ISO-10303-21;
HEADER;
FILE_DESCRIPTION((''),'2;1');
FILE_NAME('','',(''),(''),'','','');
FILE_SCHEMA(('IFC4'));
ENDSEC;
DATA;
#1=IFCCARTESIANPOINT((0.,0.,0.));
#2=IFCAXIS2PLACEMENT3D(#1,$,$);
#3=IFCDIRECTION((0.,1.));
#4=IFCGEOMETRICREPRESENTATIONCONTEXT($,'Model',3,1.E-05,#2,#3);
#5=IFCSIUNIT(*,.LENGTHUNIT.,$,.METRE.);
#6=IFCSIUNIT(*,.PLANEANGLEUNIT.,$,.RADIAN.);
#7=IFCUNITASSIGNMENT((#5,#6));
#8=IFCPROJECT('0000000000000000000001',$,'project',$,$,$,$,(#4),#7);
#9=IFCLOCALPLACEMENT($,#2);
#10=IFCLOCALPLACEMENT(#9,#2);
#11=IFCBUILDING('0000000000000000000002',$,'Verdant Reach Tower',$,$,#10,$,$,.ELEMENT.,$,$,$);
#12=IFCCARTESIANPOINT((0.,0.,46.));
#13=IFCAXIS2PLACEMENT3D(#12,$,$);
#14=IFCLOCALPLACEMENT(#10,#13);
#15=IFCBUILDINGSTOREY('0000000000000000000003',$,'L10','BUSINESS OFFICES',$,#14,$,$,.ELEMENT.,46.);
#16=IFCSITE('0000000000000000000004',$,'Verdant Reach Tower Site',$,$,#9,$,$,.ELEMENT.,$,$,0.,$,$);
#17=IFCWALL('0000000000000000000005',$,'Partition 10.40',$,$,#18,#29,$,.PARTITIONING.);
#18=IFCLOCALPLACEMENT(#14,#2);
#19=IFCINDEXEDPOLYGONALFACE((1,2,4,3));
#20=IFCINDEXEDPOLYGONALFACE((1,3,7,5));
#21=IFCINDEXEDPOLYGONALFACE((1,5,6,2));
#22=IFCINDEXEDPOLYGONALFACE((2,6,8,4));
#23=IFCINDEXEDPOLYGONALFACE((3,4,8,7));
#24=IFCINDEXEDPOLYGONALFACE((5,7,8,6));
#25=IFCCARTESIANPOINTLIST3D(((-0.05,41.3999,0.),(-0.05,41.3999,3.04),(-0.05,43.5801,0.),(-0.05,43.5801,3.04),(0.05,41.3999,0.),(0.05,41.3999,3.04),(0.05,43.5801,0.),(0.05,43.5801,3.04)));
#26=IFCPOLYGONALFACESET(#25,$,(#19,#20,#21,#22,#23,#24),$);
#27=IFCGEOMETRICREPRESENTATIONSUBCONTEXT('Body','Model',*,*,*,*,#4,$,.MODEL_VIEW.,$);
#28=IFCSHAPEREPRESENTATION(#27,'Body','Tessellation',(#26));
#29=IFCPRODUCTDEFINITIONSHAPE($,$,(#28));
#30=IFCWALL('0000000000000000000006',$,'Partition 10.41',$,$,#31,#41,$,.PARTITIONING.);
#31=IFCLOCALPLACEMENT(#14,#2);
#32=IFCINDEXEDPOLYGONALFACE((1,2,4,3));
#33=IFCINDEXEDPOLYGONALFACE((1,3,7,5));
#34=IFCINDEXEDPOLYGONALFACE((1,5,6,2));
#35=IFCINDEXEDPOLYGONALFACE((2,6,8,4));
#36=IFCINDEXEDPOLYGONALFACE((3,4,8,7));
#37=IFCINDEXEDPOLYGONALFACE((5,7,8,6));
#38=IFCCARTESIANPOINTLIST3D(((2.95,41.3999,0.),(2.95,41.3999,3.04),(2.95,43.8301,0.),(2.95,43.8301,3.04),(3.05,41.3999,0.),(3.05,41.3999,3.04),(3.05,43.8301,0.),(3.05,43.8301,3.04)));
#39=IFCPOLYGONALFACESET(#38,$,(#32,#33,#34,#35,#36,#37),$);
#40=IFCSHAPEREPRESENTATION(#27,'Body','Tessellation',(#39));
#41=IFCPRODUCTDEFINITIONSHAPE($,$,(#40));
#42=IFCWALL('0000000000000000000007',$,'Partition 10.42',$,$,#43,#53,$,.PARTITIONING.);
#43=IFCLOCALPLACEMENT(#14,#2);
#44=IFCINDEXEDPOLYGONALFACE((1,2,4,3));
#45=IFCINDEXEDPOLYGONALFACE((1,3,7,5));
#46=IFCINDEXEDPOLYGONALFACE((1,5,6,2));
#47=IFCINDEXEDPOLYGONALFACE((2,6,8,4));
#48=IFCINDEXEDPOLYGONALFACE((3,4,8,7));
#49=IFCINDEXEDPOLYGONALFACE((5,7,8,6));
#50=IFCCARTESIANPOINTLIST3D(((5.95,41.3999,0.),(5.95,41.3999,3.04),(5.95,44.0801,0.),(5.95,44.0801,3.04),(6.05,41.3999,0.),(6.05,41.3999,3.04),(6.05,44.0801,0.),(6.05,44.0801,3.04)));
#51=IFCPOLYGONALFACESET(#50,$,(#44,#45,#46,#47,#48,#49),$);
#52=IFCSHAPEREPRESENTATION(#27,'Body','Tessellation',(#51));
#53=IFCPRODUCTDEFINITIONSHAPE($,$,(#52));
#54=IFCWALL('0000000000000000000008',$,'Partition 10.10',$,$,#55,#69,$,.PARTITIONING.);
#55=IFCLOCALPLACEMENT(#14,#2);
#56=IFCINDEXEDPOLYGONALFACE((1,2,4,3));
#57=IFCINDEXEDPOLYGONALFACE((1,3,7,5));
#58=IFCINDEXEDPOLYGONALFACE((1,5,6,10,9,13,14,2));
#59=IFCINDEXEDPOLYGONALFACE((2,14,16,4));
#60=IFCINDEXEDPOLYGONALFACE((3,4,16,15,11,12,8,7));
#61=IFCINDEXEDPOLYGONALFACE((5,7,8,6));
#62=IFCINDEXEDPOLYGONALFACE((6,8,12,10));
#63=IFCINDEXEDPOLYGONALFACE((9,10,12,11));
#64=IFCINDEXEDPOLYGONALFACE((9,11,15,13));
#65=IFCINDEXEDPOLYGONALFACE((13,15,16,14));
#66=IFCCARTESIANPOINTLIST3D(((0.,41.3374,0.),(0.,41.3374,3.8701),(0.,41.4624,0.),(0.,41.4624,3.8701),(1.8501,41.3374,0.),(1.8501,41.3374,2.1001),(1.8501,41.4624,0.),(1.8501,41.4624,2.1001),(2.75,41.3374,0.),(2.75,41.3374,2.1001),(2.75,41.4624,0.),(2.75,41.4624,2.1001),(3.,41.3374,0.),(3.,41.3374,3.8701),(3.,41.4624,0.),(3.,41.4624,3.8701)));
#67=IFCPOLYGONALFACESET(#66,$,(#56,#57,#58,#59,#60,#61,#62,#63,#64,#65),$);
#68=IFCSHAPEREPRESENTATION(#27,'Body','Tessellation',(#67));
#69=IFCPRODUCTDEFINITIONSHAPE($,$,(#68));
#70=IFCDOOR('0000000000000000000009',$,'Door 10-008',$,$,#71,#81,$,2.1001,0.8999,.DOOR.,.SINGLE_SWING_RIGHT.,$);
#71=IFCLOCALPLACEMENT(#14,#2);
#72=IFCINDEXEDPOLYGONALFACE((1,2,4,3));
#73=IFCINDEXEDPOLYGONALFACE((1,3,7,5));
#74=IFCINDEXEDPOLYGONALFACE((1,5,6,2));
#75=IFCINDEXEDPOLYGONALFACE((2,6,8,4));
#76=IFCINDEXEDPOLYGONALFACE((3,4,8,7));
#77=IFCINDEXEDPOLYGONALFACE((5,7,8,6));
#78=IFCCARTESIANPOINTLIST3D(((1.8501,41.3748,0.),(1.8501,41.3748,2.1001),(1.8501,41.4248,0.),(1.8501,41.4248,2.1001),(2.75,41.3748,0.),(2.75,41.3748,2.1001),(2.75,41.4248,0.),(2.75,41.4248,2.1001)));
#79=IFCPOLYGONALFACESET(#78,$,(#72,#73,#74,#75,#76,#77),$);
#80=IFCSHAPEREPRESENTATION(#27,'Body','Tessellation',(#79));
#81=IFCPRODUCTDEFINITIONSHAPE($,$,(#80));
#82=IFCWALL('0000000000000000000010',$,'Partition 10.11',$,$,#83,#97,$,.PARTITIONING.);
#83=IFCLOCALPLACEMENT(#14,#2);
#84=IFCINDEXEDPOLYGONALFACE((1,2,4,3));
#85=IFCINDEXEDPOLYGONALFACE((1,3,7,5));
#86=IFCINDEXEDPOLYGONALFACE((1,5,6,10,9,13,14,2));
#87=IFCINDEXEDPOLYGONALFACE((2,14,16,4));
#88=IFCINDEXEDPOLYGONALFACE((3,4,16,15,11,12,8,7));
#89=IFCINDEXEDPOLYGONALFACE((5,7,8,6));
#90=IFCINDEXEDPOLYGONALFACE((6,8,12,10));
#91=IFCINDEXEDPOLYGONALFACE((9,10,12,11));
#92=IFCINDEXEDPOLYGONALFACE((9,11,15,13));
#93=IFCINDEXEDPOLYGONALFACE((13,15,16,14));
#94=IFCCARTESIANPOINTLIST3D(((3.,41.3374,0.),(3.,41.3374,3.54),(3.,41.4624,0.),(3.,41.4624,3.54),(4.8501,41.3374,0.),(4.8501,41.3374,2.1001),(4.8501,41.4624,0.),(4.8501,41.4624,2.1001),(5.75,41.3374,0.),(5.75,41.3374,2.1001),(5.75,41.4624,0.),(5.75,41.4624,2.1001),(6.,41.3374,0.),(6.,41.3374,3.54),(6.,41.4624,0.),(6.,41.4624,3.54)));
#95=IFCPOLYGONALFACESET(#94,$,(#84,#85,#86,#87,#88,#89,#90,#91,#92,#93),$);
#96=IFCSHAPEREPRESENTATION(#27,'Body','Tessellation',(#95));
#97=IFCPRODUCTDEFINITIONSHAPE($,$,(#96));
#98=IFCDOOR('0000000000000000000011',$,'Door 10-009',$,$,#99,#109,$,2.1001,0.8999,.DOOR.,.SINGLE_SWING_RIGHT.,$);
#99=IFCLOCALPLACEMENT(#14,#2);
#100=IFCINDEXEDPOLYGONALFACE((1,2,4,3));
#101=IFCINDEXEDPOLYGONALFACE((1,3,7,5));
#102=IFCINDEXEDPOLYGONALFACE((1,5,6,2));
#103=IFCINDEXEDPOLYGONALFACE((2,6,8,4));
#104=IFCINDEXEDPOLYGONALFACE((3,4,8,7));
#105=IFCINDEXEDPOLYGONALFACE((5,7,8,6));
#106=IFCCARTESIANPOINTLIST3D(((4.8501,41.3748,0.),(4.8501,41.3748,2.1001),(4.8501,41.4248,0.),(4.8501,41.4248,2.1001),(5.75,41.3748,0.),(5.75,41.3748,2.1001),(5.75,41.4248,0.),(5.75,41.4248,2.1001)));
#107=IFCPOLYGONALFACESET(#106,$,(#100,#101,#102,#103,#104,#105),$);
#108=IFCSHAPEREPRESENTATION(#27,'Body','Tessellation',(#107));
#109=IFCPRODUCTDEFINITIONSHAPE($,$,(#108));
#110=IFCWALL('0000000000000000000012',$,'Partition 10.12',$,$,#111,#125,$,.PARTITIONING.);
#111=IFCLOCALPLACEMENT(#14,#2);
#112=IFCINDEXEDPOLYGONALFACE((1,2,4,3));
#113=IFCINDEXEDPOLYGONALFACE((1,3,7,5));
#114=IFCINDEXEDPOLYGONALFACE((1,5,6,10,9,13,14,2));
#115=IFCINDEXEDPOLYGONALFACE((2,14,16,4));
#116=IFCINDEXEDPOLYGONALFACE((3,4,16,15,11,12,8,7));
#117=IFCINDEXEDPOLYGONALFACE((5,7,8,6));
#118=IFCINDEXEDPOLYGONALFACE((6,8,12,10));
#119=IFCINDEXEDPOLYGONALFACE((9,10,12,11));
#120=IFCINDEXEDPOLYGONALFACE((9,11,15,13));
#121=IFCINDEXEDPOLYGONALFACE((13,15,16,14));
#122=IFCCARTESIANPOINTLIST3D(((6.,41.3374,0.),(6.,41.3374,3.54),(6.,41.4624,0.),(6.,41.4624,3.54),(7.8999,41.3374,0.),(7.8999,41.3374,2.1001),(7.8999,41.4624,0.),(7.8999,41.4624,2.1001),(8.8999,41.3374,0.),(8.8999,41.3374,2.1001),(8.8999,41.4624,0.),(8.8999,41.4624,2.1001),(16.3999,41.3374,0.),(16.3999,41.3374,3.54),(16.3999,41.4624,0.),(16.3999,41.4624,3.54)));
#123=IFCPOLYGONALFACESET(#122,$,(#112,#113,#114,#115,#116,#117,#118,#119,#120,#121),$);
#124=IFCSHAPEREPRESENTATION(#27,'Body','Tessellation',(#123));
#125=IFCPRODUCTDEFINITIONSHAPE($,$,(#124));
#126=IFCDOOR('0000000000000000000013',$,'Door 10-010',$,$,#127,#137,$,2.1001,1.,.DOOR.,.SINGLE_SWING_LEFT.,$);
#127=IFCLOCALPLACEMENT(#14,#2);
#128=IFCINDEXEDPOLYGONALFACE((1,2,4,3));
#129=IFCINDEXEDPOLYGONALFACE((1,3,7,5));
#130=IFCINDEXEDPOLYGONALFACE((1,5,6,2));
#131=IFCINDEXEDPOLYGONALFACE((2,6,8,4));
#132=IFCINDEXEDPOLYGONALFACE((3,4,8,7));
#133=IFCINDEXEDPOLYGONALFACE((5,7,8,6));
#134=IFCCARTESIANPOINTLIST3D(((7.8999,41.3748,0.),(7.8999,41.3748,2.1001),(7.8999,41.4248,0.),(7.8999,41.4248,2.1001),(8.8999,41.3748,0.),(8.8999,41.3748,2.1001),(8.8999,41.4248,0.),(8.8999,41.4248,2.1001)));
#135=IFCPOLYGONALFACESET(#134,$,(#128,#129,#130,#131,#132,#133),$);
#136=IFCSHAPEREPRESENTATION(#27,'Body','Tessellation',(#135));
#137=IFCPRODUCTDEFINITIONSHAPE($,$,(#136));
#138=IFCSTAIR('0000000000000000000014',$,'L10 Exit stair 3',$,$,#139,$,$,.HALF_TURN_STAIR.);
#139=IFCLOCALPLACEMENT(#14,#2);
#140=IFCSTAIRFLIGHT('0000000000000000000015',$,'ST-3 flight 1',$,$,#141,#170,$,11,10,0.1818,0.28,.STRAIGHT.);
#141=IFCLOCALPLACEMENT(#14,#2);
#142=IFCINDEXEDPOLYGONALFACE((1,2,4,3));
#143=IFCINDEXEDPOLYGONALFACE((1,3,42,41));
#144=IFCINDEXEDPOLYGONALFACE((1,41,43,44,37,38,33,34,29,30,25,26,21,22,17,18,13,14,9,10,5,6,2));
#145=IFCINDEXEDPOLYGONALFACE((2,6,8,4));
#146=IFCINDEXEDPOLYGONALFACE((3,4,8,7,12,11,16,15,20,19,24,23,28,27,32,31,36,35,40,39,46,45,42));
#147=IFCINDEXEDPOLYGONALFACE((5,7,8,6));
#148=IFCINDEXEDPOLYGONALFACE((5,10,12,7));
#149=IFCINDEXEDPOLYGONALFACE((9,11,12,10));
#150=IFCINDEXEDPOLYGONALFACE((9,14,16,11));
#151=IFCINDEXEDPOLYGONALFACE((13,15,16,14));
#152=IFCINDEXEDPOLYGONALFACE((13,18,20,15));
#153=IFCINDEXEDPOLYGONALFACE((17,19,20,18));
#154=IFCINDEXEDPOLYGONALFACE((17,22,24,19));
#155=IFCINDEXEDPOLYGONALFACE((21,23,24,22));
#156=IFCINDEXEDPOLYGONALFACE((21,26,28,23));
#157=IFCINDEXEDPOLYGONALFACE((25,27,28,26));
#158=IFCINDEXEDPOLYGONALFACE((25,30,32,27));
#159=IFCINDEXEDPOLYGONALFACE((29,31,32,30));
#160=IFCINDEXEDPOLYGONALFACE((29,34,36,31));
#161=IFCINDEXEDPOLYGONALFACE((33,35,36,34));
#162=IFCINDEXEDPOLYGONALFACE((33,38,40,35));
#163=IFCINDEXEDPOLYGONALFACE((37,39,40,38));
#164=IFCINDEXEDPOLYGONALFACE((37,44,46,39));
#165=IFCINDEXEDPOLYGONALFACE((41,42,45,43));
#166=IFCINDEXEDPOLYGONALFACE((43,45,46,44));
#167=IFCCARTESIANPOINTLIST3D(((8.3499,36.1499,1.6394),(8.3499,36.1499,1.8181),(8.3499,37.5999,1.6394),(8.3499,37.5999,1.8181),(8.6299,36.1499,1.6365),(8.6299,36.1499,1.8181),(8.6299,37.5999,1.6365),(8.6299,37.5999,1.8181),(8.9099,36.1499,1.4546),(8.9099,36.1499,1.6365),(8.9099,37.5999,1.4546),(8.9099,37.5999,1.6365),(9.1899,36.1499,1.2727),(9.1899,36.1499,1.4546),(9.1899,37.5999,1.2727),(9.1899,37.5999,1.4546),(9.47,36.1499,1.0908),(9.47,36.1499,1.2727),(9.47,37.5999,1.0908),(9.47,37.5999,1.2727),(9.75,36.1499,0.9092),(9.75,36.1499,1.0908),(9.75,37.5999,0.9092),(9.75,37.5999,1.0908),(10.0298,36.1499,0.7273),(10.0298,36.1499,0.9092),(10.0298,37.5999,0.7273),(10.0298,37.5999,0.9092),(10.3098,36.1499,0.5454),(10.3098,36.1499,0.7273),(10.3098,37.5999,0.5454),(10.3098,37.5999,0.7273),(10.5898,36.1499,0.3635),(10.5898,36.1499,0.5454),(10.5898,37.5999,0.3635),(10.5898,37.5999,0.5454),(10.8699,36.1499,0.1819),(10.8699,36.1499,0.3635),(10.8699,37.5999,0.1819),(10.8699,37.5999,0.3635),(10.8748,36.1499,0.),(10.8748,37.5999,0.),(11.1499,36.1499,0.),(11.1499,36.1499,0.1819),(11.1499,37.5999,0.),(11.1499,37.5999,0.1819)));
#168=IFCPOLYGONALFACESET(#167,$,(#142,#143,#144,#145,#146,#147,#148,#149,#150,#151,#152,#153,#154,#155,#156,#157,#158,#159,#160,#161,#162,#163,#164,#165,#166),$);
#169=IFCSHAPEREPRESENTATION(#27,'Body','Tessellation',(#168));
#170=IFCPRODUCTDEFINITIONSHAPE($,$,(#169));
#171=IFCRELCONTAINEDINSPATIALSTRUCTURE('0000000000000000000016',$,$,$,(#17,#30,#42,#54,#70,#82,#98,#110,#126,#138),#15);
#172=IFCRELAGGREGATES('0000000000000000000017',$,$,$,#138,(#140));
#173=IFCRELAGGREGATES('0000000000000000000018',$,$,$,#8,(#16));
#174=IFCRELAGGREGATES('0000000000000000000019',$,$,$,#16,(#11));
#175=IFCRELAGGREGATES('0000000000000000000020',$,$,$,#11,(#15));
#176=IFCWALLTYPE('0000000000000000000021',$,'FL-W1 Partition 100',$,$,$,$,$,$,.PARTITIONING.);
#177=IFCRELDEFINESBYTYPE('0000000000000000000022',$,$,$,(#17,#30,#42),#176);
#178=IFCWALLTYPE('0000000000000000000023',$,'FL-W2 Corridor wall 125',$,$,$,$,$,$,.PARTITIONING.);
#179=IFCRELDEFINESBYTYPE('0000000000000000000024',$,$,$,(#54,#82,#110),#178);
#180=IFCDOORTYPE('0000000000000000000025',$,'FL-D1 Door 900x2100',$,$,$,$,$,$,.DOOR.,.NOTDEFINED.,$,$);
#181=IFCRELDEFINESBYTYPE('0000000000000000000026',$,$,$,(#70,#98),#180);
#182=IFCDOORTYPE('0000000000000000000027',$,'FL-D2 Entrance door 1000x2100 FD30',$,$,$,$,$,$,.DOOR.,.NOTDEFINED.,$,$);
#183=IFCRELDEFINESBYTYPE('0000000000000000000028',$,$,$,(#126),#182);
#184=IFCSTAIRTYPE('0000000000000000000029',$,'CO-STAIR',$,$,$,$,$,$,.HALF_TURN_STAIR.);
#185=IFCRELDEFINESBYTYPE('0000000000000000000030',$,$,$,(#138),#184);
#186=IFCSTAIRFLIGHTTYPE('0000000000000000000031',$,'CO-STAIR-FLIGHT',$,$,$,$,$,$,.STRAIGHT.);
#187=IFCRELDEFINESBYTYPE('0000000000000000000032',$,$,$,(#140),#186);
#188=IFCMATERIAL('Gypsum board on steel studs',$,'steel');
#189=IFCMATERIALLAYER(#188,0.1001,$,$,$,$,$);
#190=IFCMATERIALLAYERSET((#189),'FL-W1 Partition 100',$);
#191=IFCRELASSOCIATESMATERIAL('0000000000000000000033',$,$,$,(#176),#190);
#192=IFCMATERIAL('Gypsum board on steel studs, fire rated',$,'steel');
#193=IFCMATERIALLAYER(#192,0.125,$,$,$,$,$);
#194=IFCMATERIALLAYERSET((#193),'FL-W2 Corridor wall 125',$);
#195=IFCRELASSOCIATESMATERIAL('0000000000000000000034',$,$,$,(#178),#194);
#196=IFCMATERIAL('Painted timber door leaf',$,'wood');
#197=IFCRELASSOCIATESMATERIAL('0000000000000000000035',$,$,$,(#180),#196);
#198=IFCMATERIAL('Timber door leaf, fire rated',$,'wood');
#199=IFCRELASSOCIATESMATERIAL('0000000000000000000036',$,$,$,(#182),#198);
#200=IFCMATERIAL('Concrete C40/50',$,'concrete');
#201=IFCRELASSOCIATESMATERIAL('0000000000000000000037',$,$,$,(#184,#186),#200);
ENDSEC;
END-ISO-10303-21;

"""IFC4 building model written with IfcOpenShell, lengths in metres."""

from ifc_helpers import new_model, si_unit, direction, frame, frame_2d, origin, place, context, subcontext, project, spatial, polyline, rectangle, outline, extrude, material, layer, layer_set, type_object, element, fill, aggregate, save


model = new_model("IFC4")

# Units and contexts
model_context = context("Model", 3, precision=1e-05, world=origin(), true_north=direction((0.0, 1.0)))
body_context = subcontext(model_context, "Body", "Model", "MODEL_VIEW")
ifc_project = project(units=[si_unit("LENGTHUNIT", "METRE"), si_unit("PLANEANGLEUNIT", "RADIAN")], contexts=[model_context])

# Site, building, storey
site_placement = place(None, origin())
site = spatial("IfcSite", under=ifc_project, at=site_placement, Name="Verdant Reach Tower Site", CompositionType="ELEMENT", RefElevation=0.0)
building_placement = place(site_placement, origin())
building = spatial("IfcBuilding", under=site, at=building_placement, Name="Verdant Reach Tower", CompositionType="ELEMENT")
storey_placement = place(building_placement, frame((0.0, 0.0, 46.0)))
storey = spatial("IfcBuildingStorey", under=building, at=storey_placement, Name="L10", Description="BUSINESS OFFICES", CompositionType="ELEMENT", Elevation=46.0)

# Walls
ifc_material_1 = material(Name="Gypsum board on steel studs", Category="steel")
ifc_layer_1 = layer(ifc_material_1, 0.1001)
ifc_layer_set_1 = layer_set([ifc_layer_1], Name="FL-W1 Partition 100")
wall_type_1 = type_object("IfcWallType", Name="FL-W1 Partition 100", PredefinedType="PARTITIONING", material=ifc_layer_set_1)
wall_1_placement = place(storey_placement, frame((0.0, 41.3999, 0.0), z_axis=(0.0, 0.0, 1.0), x_axis=(0.0, 1.0, 0.0)))
element("IfcWall", 1, at=wall_1_placement, inside=storey, type_object=wall_type_1, Name="Partition 10.40", PredefinedType="PARTITIONING", context=body_context, shape_type="SweptSolid", body=[
    extrude(rectangle(XDim=2.1802, YDim=0.1001, at=frame_2d((1.0901, 0.0))), origin(), (0.0, 0.0, 1.0), 3.04),
])
wall_2_placement = place(storey_placement, frame((3.0, 41.3999, 0.0), z_axis=(0.0, 0.0, 1.0), x_axis=(0.0, 1.0, 0.0)))
element("IfcWall", 2, at=wall_2_placement, inside=storey, type_object=wall_type_1, Name="Partition 10.41", PredefinedType="PARTITIONING", context=body_context, shape_type="SweptSolid", body=[
    extrude(rectangle(XDim=2.4302, YDim=0.1001, at=frame_2d((1.2151, 0.0))), origin(), (0.0, 0.0, 1.0), 3.04),
])
wall_3_placement = place(storey_placement, frame((6.0, 41.3999, 0.0), z_axis=(0.0, 0.0, 1.0), x_axis=(0.0, 1.0, 0.0)))
element("IfcWall", 3, at=wall_3_placement, inside=storey, type_object=wall_type_1, Name="Partition 10.42", PredefinedType="PARTITIONING", context=body_context, shape_type="SweptSolid", body=[
    extrude(rectangle(XDim=2.6802, YDim=0.1001, at=frame_2d((1.3401, 0.0))), origin(), (0.0, 0.0, 1.0), 3.04),
])

# Walls, openings, doors
ifc_material_2 = material(Name="Gypsum board on steel studs, fire rated", Category="steel")
ifc_layer_2 = layer(ifc_material_2, 0.125)
ifc_layer_set_2 = layer_set([ifc_layer_2], Name="FL-W2 Corridor wall 125")
wall_type_2 = type_object("IfcWallType", Name="FL-W2 Corridor wall 125", PredefinedType="PARTITIONING", material=ifc_layer_set_2)
wall_4_placement = place(storey_placement, frame((0.0, 41.3999, 0.0), z_axis=(0.0, 0.0, 1.0), x_axis=(1.0, 0.0, 0.0)))
wall_4 = element("IfcWall", 4, at=wall_4_placement, inside=storey, type_object=wall_type_2, Name="Partition 10.10", PredefinedType="PARTITIONING", context=body_context, shape_type="SweptSolid", body=[
    extrude(rectangle(XDim=3.0, YDim=0.125, at=frame_2d((1.5, 0.0))), origin(), (0.0, 0.0, 1.0), 3.8701),
])
opening_1_placement = place(wall_4_placement, frame((1.8501, 0.0, 0.0)))
opening_1 = element("IfcOpeningElement", 5, at=opening_1_placement, cuts=wall_4, PredefinedType="OPENING", context=body_context, shape_type="SweptSolid", body=[
    extrude(rectangle(XDim=0.8999, YDim=2.1001, at=frame_2d((0.45, 1.05))), frame((0.0, 0.0725, 0.0), z_axis=(0.0, -1.0, 0.0), x_axis=(1.0, 0.0, 0.0)), (0.0, 0.0, 1.0), 0.145),
])
ifc_material_3 = material(Name="Painted timber door leaf", Category="wood")
door_type_1 = type_object("IfcDoorType", Name="FL-D1 Door 900x2100", OperationType="NOTDEFINED", PredefinedType="DOOR", material=ifc_material_3)
door_1_placement = place(opening_1_placement, origin())
door_1 = element("IfcDoor", 6, at=door_1_placement, inside=storey, type_object=door_type_1, Name="Door 10-008", OperationType="SINGLE_SWING_RIGHT", OverallHeight=2.1001, OverallWidth=0.8999, PredefinedType="DOOR", context=body_context, shape_type="SweptSolid", body=[
    extrude(rectangle(XDim=0.8999, YDim=2.1001, at=frame_2d((0.45, 1.05))), frame((0.0, 0.0249, 0.0), z_axis=(0.0, -1.0, 0.0), x_axis=(1.0, 0.0, 0.0)), (0.0, 0.0, 1.0), 0.05),
])
fill(opening_1, door_1)
wall_5_placement = place(storey_placement, frame((3.0, 41.3999, 0.0), z_axis=(0.0, 0.0, 1.0), x_axis=(1.0, 0.0, 0.0)))
wall_5 = element("IfcWall", 7, at=wall_5_placement, inside=storey, type_object=wall_type_2, Name="Partition 10.11", PredefinedType="PARTITIONING", context=body_context, shape_type="SweptSolid", body=[
    extrude(rectangle(XDim=3.0, YDim=0.125, at=frame_2d((1.5, 0.0))), origin(), (0.0, 0.0, 1.0), 3.54),
])
opening_2_placement = place(wall_5_placement, frame((1.8501, 0.0, 0.0)))
opening_2 = element("IfcOpeningElement", 8, at=opening_2_placement, cuts=wall_5, PredefinedType="OPENING", context=body_context, shape_type="SweptSolid", body=[
    extrude(rectangle(XDim=0.8999, YDim=2.1001, at=frame_2d((0.45, 1.05))), frame((0.0, 0.0725, 0.0), z_axis=(0.0, -1.0, 0.0), x_axis=(1.0, 0.0, 0.0)), (0.0, 0.0, 1.0), 0.145),
])
door_2_placement = place(opening_2_placement, origin())
door_2 = element("IfcDoor", 9, at=door_2_placement, inside=storey, type_object=door_type_1, Name="Door 10-009", OperationType="SINGLE_SWING_RIGHT", OverallHeight=2.1001, OverallWidth=0.8999, PredefinedType="DOOR", context=body_context, shape_type="SweptSolid", body=[
    extrude(rectangle(XDim=0.8999, YDim=2.1001, at=frame_2d((0.45, 1.05))), frame((0.0, 0.0249, 0.0), z_axis=(0.0, -1.0, 0.0), x_axis=(1.0, 0.0, 0.0)), (0.0, 0.0, 1.0), 0.05),
])
fill(opening_2, door_2)
wall_6_placement = place(storey_placement, frame((6.0, 41.3999, 0.0), z_axis=(0.0, 0.0, 1.0), x_axis=(1.0, 0.0, 0.0)))
wall_6 = element("IfcWall", 10, at=wall_6_placement, inside=storey, type_object=wall_type_2, Name="Partition 10.12", PredefinedType="PARTITIONING", context=body_context, shape_type="SweptSolid", body=[
    extrude(rectangle(XDim=10.3999, YDim=0.125, at=frame_2d((5.2, 0.0))), origin(), (0.0, 0.0, 1.0), 3.54),
])
opening_3_placement = place(wall_6_placement, frame((1.8999, 0.0, 0.0)))
opening_3 = element("IfcOpeningElement", 11, at=opening_3_placement, cuts=wall_6, PredefinedType="OPENING", context=body_context, shape_type="SweptSolid", body=[
    extrude(rectangle(XDim=1.0, YDim=2.1001, at=frame_2d((0.5, 1.05))), frame((0.0, 0.0725, 0.0), z_axis=(0.0, -1.0, 0.0), x_axis=(1.0, 0.0, 0.0)), (0.0, 0.0, 1.0), 0.145),
])
ifc_material_4 = material(Name="Timber door leaf, fire rated", Category="wood")
door_type_2 = type_object("IfcDoorType", Name="FL-D2 Entrance door 1000x2100 FD30", OperationType="NOTDEFINED", PredefinedType="DOOR", material=ifc_material_4)
door_3_placement = place(opening_3_placement, origin())
door_3 = element("IfcDoor", 12, at=door_3_placement, inside=storey, type_object=door_type_2, Name="Door 10-010", OperationType="SINGLE_SWING_LEFT", OverallHeight=2.1001, OverallWidth=1.0, PredefinedType="DOOR", context=body_context, shape_type="SweptSolid", body=[
    extrude(rectangle(XDim=1.0, YDim=2.1001, at=frame_2d((0.5, 1.05))), frame((0.0, 0.0249, 0.0), z_axis=(0.0, -1.0, 0.0), x_axis=(1.0, 0.0, 0.0)), (0.0, 0.0, 1.0), 0.05),
])
fill(opening_3, door_3)

# Stair, stair flight
ifc_material_5 = material(Name="Concrete C40/50", Category="concrete")
stair_type = type_object("IfcStairType", Name="CO-STAIR", PredefinedType="HALF_TURN_STAIR", material=ifc_material_5)
stair_placement = place(storey_placement, origin())
stair = element("IfcStair", 13, at=stair_placement, inside=storey, type_object=stair_type, Name="L10 Exit stair 3", PredefinedType="HALF_TURN_STAIR")
stair_flight_type = type_object("IfcStairFlightType", Name="CO-STAIR-FLIGHT", PredefinedType="STRAIGHT", material=ifc_material_5)
stair_flight_placement = place(storey_placement, frame((11.1499, 36.875, 0.0), z_axis=(0.0, 0.0, 1.0), x_axis=(-1.0, 0.0, 0.0)))
stair_flight = element("IfcStairFlight", 14, at=stair_flight_placement, type_object=stair_flight_type, Name="ST-3 flight 1", NumberOfRisers=11, NumberOfTreads=10, PredefinedType="STRAIGHT", RiserHeight=0.1818, TreadLength=0.28, context=body_context, shape_type="SweptSolid", body=[
    extrude(outline(polyline([(0.0, 0.0), (0.0, 0.1819), (0.28, 0.1819), (0.28, 0.3635), (0.5601, 0.3635), (0.5601, 0.5454), (0.8401, 0.5454), (0.8401, 0.7273), (1.1201, 0.7273), (1.1201, 0.9092), (1.3999, 0.9092), (1.3999, 1.0908), (1.6799, 1.0908), (1.6799, 1.2727), (1.96, 1.2727), (1.96, 1.4546), (2.24, 1.4546), (2.24, 1.6365), (2.52, 1.6365), (2.52, 1.8181), (2.8, 1.8181), (2.8, 2.0), (2.8, 1.6394), (0.2751, 0.0), (0.0, 0.0)])), frame((0.0, 0.7251, 0.0), z_axis=(0.0, -1.0, 0.0), x_axis=(1.0, 0.0, 0.0)), (0.0, 0.0, 1.0), 1.45),
])
aggregate(stair, [stair_flight])

save(model, "model.ifc")
